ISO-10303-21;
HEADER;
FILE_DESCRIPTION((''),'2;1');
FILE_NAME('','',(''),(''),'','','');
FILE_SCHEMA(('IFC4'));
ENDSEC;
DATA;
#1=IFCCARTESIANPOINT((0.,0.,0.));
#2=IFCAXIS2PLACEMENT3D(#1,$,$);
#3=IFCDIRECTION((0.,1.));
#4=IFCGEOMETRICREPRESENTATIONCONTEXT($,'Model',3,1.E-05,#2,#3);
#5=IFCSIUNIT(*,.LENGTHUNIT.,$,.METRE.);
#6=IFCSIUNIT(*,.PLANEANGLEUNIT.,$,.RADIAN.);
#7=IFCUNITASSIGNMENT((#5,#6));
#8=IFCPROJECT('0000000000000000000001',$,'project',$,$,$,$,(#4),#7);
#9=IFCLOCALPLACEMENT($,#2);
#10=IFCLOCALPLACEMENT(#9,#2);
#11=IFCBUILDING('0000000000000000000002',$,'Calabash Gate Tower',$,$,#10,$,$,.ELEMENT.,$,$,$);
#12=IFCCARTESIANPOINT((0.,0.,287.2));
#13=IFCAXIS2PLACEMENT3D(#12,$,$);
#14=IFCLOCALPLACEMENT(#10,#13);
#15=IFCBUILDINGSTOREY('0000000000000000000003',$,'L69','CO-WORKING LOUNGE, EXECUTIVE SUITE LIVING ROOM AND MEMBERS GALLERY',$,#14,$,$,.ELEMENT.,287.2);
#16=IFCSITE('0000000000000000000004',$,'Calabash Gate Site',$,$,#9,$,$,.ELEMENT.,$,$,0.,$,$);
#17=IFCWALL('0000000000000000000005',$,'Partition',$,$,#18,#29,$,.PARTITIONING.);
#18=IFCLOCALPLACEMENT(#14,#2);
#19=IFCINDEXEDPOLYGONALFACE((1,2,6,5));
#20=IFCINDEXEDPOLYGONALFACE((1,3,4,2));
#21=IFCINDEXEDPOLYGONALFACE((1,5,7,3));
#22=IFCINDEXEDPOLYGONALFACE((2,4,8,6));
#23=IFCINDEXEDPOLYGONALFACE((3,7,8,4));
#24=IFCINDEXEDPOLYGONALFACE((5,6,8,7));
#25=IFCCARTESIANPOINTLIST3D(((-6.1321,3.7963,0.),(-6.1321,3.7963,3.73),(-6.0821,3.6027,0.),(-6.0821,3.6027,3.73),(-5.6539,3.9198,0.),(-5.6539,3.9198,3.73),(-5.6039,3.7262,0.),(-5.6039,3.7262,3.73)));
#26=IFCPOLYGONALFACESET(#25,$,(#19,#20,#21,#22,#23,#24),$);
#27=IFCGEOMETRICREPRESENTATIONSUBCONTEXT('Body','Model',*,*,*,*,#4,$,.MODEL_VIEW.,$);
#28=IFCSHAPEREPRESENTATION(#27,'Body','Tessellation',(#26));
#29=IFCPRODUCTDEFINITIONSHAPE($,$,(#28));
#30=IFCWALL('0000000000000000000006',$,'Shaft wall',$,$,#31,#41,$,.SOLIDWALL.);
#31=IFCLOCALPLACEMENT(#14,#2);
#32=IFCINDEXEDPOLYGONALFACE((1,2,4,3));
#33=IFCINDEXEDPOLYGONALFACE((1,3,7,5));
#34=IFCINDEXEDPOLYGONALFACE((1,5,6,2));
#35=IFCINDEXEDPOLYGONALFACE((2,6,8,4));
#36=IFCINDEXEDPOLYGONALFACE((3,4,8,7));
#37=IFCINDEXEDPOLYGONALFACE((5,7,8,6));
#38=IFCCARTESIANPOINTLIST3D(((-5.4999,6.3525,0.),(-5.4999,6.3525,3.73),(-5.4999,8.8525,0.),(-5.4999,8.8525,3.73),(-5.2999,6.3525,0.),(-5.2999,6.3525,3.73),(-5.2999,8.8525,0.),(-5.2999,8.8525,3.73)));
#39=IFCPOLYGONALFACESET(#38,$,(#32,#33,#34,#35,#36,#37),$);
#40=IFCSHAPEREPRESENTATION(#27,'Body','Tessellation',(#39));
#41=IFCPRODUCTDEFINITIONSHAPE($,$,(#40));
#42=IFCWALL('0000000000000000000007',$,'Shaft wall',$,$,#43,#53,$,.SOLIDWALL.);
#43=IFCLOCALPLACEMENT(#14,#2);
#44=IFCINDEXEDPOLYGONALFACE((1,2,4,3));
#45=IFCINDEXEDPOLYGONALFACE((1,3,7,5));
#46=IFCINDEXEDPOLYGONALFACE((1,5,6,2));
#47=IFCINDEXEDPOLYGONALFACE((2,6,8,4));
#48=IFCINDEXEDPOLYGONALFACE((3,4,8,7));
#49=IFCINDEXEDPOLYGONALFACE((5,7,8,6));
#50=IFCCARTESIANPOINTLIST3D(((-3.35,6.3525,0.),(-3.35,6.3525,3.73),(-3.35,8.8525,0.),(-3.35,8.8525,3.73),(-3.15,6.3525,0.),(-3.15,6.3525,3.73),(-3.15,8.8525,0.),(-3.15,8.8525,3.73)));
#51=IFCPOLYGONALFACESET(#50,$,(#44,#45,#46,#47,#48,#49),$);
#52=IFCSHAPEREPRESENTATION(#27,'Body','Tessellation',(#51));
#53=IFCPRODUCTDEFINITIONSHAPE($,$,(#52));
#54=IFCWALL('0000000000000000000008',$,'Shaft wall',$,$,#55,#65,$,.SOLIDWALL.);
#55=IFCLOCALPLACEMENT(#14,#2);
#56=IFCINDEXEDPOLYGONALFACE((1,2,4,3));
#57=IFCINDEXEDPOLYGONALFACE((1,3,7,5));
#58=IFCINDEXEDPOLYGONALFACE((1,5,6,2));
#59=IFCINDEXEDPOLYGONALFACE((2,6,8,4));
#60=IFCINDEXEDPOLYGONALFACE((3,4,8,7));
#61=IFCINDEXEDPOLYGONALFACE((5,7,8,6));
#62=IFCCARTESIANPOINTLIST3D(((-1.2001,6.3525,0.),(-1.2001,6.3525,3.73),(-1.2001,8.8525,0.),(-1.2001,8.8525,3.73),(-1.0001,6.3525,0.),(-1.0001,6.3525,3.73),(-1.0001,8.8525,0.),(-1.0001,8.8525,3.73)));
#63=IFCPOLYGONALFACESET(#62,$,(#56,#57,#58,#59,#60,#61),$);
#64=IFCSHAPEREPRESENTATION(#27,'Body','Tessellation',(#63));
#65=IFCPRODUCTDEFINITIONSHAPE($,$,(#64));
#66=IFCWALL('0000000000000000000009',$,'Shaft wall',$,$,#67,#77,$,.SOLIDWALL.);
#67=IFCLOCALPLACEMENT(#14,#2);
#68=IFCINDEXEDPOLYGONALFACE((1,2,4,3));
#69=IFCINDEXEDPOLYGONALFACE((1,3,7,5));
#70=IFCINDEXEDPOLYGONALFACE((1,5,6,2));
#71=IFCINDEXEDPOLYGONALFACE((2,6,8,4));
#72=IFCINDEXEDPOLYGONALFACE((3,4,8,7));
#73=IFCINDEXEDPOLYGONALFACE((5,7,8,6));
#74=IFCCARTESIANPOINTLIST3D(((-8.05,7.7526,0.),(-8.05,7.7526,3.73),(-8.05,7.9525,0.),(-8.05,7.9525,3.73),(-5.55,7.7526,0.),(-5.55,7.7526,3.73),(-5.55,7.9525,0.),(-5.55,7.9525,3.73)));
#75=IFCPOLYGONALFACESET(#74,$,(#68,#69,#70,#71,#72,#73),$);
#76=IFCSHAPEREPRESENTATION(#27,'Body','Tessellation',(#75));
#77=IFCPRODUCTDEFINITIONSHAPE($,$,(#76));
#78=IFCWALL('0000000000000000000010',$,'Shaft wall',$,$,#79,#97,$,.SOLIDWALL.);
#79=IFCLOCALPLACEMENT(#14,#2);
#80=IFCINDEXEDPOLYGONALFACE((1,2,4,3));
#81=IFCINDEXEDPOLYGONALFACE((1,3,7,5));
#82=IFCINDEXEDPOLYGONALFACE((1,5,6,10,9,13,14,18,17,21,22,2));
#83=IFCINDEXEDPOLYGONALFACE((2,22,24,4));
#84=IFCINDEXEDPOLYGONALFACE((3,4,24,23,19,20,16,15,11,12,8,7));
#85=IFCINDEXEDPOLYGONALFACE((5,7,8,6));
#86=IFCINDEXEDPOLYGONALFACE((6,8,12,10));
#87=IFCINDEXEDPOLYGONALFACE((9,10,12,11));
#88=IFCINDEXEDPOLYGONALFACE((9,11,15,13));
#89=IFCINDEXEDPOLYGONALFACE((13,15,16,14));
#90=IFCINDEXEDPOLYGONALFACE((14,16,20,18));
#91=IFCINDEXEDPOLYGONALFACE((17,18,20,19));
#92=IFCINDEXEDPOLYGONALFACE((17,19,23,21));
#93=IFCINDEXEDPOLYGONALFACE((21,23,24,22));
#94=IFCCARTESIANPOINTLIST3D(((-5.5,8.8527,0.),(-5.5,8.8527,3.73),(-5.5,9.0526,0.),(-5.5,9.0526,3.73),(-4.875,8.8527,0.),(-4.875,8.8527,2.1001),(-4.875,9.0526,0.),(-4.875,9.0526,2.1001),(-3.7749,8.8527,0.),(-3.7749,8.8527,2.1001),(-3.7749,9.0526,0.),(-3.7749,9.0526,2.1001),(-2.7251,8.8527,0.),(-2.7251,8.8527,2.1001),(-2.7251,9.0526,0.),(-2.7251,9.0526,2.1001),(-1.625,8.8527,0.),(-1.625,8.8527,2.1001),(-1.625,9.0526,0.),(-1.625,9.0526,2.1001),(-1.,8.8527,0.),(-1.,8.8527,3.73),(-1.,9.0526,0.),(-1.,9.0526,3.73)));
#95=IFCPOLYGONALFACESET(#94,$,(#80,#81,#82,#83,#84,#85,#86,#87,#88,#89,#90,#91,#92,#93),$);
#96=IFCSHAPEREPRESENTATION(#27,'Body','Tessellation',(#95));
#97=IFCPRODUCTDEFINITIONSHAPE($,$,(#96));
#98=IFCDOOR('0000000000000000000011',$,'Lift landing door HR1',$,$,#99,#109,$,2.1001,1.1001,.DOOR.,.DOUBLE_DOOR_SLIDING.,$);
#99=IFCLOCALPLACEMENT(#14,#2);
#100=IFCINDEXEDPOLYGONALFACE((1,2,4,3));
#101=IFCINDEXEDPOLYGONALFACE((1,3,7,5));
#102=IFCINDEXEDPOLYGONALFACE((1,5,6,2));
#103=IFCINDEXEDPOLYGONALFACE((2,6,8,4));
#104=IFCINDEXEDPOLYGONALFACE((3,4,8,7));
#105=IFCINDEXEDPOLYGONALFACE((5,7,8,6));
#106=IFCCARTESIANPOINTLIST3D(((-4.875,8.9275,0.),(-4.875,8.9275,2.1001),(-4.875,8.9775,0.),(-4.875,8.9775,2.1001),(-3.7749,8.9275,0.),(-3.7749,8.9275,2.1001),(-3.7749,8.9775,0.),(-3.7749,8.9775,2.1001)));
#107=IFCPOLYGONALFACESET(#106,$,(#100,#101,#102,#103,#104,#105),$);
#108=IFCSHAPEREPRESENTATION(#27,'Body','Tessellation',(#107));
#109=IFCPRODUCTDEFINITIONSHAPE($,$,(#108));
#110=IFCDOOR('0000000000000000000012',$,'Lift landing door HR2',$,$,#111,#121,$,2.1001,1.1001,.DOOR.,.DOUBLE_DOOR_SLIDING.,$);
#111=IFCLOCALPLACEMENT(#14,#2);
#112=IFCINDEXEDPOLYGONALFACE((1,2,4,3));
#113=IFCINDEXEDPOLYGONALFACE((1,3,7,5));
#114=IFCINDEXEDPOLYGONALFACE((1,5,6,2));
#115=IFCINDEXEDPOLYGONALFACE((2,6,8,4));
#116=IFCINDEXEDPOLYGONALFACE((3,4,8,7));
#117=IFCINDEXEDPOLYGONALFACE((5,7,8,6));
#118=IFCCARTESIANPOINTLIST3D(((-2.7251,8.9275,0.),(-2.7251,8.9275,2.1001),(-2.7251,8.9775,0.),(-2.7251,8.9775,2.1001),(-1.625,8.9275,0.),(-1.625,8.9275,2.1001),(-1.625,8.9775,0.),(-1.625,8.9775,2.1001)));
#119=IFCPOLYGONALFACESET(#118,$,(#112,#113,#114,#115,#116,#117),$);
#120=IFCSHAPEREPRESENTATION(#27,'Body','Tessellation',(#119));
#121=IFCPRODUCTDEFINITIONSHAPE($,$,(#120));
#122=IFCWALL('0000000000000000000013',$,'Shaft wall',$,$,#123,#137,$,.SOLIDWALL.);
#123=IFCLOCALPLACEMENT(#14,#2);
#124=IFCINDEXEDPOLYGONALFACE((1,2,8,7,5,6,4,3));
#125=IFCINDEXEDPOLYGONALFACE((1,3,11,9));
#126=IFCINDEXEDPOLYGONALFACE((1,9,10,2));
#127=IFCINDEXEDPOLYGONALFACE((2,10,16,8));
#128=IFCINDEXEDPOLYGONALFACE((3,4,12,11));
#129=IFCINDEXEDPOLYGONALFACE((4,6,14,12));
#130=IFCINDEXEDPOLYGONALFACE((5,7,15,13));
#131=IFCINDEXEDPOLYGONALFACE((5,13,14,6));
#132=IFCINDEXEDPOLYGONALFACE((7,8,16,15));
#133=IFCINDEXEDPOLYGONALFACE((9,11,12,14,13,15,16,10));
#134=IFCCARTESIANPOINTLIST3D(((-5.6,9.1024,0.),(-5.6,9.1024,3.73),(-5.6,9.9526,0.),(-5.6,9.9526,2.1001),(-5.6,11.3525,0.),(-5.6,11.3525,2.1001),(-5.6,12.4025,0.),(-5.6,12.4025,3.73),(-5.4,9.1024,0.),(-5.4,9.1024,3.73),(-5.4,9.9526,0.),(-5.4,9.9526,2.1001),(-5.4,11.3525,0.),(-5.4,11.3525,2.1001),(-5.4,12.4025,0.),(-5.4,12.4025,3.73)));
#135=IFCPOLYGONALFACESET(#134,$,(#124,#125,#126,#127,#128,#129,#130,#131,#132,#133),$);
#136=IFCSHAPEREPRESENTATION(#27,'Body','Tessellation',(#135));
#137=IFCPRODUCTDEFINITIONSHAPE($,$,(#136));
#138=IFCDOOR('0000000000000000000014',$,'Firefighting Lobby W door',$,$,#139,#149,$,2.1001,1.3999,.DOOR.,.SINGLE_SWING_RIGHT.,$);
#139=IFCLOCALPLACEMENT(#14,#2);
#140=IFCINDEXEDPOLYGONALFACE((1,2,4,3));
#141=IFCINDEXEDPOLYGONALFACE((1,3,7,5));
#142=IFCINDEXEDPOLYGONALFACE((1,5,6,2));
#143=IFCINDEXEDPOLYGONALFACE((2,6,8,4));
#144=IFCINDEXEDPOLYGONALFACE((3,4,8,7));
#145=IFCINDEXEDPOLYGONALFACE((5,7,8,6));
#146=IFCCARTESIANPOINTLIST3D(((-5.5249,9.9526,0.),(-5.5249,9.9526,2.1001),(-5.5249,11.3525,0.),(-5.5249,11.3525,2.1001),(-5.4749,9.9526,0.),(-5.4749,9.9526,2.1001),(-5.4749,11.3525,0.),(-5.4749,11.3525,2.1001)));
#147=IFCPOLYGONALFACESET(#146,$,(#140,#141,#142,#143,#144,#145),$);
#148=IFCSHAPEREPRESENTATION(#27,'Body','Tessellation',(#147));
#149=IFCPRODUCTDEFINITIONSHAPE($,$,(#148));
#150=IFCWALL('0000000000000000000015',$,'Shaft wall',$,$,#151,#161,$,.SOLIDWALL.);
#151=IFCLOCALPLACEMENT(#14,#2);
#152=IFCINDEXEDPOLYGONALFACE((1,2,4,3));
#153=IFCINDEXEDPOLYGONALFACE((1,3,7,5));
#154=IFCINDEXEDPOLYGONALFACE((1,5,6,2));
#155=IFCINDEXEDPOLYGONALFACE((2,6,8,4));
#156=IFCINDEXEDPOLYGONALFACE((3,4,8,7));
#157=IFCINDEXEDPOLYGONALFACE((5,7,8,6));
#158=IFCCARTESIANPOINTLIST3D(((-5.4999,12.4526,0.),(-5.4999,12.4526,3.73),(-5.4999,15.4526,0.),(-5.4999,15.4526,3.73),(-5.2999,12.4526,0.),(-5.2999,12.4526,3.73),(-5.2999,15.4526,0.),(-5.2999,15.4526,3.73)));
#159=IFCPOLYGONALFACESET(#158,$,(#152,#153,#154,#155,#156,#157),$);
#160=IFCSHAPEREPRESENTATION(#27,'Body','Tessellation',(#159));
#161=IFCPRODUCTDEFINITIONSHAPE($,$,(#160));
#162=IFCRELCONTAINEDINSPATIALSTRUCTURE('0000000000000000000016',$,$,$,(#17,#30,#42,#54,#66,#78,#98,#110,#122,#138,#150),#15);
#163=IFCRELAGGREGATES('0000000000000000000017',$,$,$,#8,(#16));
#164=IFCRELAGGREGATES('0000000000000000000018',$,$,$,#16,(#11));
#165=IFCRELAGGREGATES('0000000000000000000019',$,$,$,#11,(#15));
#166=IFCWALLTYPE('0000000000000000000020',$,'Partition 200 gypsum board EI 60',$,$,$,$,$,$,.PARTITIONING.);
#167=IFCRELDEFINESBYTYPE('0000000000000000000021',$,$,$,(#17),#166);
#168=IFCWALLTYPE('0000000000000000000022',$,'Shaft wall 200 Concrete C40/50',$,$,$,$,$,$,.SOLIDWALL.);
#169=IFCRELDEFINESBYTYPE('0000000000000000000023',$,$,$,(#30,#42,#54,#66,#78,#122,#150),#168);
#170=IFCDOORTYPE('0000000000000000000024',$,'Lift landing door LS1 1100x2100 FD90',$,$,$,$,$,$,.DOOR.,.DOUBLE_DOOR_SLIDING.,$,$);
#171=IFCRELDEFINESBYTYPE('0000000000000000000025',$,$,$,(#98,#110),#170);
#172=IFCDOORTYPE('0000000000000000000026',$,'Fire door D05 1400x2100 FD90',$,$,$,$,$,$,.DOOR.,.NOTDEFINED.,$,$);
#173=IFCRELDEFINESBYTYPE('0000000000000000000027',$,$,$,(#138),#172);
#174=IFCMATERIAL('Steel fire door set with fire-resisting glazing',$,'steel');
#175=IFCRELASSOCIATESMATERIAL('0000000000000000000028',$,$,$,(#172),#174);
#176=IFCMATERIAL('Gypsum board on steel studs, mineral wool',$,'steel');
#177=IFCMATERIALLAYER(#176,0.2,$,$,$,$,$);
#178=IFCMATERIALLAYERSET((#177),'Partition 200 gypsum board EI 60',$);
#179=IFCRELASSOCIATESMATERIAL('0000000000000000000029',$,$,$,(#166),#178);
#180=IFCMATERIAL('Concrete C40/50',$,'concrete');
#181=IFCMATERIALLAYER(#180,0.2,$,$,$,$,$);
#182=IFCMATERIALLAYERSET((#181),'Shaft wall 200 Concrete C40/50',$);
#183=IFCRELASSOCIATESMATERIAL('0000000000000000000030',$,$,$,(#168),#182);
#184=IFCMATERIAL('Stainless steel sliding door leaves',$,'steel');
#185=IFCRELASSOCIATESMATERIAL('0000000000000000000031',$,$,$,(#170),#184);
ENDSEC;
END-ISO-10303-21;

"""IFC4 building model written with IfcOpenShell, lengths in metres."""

from ifc_helpers import new_model, si_unit, direction, frame, frame_2d, origin, place, context, subcontext, project, spatial, rectangle, extrude, material, layer, layer_set, type_object, element, fill, save


model = new_model("IFC4")

# Units and contexts
model_context = context("Model", 3, precision=1e-05, world=origin(), true_north=direction((0.0, 1.0)))
body_context = subcontext(model_context, "Body", "Model", "MODEL_VIEW")
ifc_project = project(units=[si_unit("LENGTHUNIT", "METRE"), si_unit("PLANEANGLEUNIT", "RADIAN")], contexts=[model_context])

# Site, building, storey
site_placement = place(None, origin())
site = spatial("IfcSite", under=ifc_project, at=site_placement, Name="Calabash Gate Site", CompositionType="ELEMENT", RefElevation=0.0)
building_placement = place(site_placement, origin())
building = spatial("IfcBuilding", under=site, at=building_placement, Name="Calabash Gate Tower", CompositionType="ELEMENT")
storey_placement = place(building_placement, frame((0.0, 0.0, 287.2)))
storey = spatial("IfcBuildingStorey", under=building, at=storey_placement, Name="L69", Description="CO-WORKING LOUNGE, EXECUTIVE SUITE LIVING ROOM AND MEMBERS GALLERY", CompositionType="ELEMENT", Elevation=287.2)

# Shared definitions
ifc_material_1 = material(Name="Steel fire door set with fire-resisting glazing", Category="steel")
door_type_1 = type_object("IfcDoorType", Name="Fire door D05 1400x2100 FD90", OperationType="NOTDEFINED", PredefinedType="DOOR", material=ifc_material_1)

# Walls
ifc_material_2 = material(Name="Gypsum board on steel studs, mineral wool", Category="steel")
ifc_layer_1 = layer(ifc_material_2, 0.2)
ifc_layer_set_1 = layer_set([ifc_layer_1], Name="Partition 200 gypsum board EI 60")
wall_type_1 = type_object("IfcWallType", Name="Partition 200 gypsum board EI 60", PredefinedType="PARTITIONING", material=ifc_layer_set_1)
wall_1_placement = place(storey_placement, frame((-6.1072, 3.6995, 0.0), z_axis=(0.0, 0.0, 1.0), x_axis=(0.968223, 0.250087, 0.0)))
element("IfcWall", 1, at=wall_1_placement, inside=storey, type_object=wall_type_1, Name="Partition", PredefinedType="PARTITIONING", context=body_context, shape_type="SweptSolid", body=[
    extrude(rectangle(XDim=0.4939, YDim=0.2, at=frame_2d((0.2471, 0.0))), origin(), (0.0, 0.0, 1.0), 3.73),
])
ifc_material_3 = material(Name="Concrete C40/50", Category="concrete")
ifc_layer_2 = layer(ifc_material_3, 0.2)
ifc_layer_set_2 = layer_set([ifc_layer_2], Name="Shaft wall 200 Concrete C40/50")
wall_type_2 = type_object("IfcWallType", Name="Shaft wall 200 Concrete C40/50", PredefinedType="SOLIDWALL", material=ifc_layer_set_2)
for number, where, z_axis, x_axis, name in (
    (2, (-5.3999, 6.3525, 0.0), (0.0, 0.0, 1.0), (0.0, 1.0, 0.0), "Shaft wall"),
    (3, (-3.25, 6.3525, 0.0), (0.0, 0.0, 1.0), (0.0, 1.0, 0.0), "Shaft wall"),
    (4, (-1.1001, 6.3525, 0.0), (0.0, 0.0, 1.0), (0.0, 1.0, 0.0), "Shaft wall"),
    (5, (-8.05, 7.8525, 0.0), (0.0, 0.0, 1.0), (1.0, 0.0, 0.0), "Shaft wall"),
):
    element("IfcWall", number, at=place(storey_placement, frame(where, z_axis=z_axis, x_axis=x_axis)), inside=storey, type_object=wall_type_2, Name=name, PredefinedType="SOLIDWALL", context=body_context, shape_type="SweptSolid", body=[
        extrude(rectangle(XDim=2.5, YDim=0.2, at=frame_2d((1.25, 0.0))), origin(), (0.0, 0.0, 1.0), 3.73),
    ])

# Wall, openings, doors
wall_2_placement = place(storey_placement, frame((-5.5, 8.9526, 0.0), z_axis=(0.0, 0.0, 1.0), x_axis=(1.0, 0.0, 0.0)))
wall_2 = element("IfcWall", 6, at=wall_2_placement, inside=storey, type_object=wall_type_2, Name="Shaft wall", PredefinedType="SOLIDWALL", context=body_context, shape_type="SweptSolid", body=[
    extrude(rectangle(XDim=4.5, YDim=0.2, at=frame_2d((2.25, 0.0))), origin(), (0.0, 0.0, 1.0), 3.73),
])
opening_1_placement = place(wall_2_placement, frame((0.625, 0.0, 0.0)))
opening_1 = element("IfcOpeningElement", 7, at=opening_1_placement, cuts=wall_2, PredefinedType="OPENING", context=body_context, shape_type="SweptSolid", body=[
    extrude(rectangle(XDim=1.1001, YDim=2.1001, at=frame_2d((0.55, 1.05))), frame((0.0, 0.1099, 0.0), z_axis=(0.0, -1.0, 0.0), x_axis=(1.0, 0.0, 0.0)), (0.0, 0.0, 1.0), 0.22),
])
opening_2_placement = place(wall_2_placement, frame((2.7749, 0.0, 0.0)))
opening_2 = element("IfcOpeningElement", 8, at=opening_2_placement, cuts=wall_2, PredefinedType="OPENING", context=body_context, shape_type="SweptSolid", body=[
    extrude(rectangle(XDim=1.1001, YDim=2.1001, at=frame_2d((0.55, 1.05))), frame((0.0, 0.1099, 0.0), z_axis=(0.0, -1.0, 0.0), x_axis=(1.0, 0.0, 0.0)), (0.0, 0.0, 1.0), 0.22),
])
ifc_material_4 = material(Name="Stainless steel sliding door leaves", Category="steel")
door_type_2 = type_object("IfcDoorType", Name="Lift landing door LS1 1100x2100 FD90", OperationType="DOUBLE_DOOR_SLIDING", PredefinedType="DOOR", material=ifc_material_4)
door_1_placement = place(opening_1_placement, origin())
door_1 = element("IfcDoor", 9, at=door_1_placement, inside=storey, type_object=door_type_2, Name="Lift landing door HR1", OperationType="DOUBLE_DOOR_SLIDING", OverallHeight=2.1001, OverallWidth=1.1001, PredefinedType="DOOR", context=body_context, shape_type="SweptSolid", body=[
    extrude(rectangle(XDim=1.1001, YDim=2.1001, at=frame_2d((0.55, 1.05))), frame((0.0, 0.0249, 0.0), z_axis=(0.0, -1.0, 0.0), x_axis=(1.0, 0.0, 0.0)), (0.0, 0.0, 1.0), 0.05),
])
fill(opening_1, door_1)
door_2_placement = place(opening_2_placement, origin())
door_2 = element("IfcDoor", 10, at=door_2_placement, inside=storey, type_object=door_type_2, Name="Lift landing door HR2", OperationType="DOUBLE_DOOR_SLIDING", OverallHeight=2.1001, OverallWidth=1.1001, PredefinedType="DOOR", context=body_context, shape_type="SweptSolid", body=[
    extrude(rectangle(XDim=1.1001, YDim=2.1001, at=frame_2d((0.55, 1.05))), frame((0.0, 0.0249, 0.0), z_axis=(0.0, -1.0, 0.0), x_axis=(1.0, 0.0, 0.0)), (0.0, 0.0, 1.0), 0.05),
])
fill(opening_2, door_2)

# Wall, opening, door
wall_3_placement = place(storey_placement, frame((-5.5, 9.1025, 0.0), z_axis=(0.0, 0.0, 1.0), x_axis=(0.0, 1.0, 0.0)))
wall_3 = element("IfcWall", 11, at=wall_3_placement, inside=storey, type_object=wall_type_2, Name="Shaft wall", PredefinedType="SOLIDWALL", context=body_context, shape_type="SweptSolid", body=[
    extrude(rectangle(XDim=3.3, YDim=0.2, at=frame_2d((1.6499, 0.0))), origin(), (0.0, 0.0, 1.0), 3.73),
])
opening_3_placement = place(wall_3_placement, frame((0.8501, 0.0, 0.0)))
opening_3 = element("IfcOpeningElement", 12, at=opening_3_placement, cuts=wall_3, PredefinedType="OPENING", context=body_context, shape_type="SweptSolid", body=[
    extrude(rectangle(XDim=1.3999, YDim=2.1001, at=frame_2d((0.7, 1.05))), frame((0.0, 0.1099, 0.0), z_axis=(0.0, -1.0, 0.0), x_axis=(1.0, 0.0, 0.0)), (0.0, 0.0, 1.0), 0.22),
])
door_3_placement = place(opening_3_placement, origin())
door_3 = element("IfcDoor", 13, at=door_3_placement, inside=storey, type_object=door_type_1, Name="Firefighting Lobby W door", OperationType="SINGLE_SWING_RIGHT", OverallHeight=2.1001, OverallWidth=1.3999, PredefinedType="DOOR", context=body_context, shape_type="SweptSolid", body=[
    extrude(rectangle(XDim=1.3999, YDim=2.1001, at=frame_2d((0.7, 1.05))), frame((0.0, 0.0249, 0.0), z_axis=(0.0, -1.0, 0.0), x_axis=(1.0, 0.0, 0.0)), (0.0, 0.0, 1.0), 0.05),
])
fill(opening_3, door_3)

# Wall
wall_4_placement = place(storey_placement, frame((-5.3999, 12.4526, 0.0), z_axis=(0.0, 0.0, 1.0), x_axis=(0.0, 1.0, 0.0)))
element("IfcWall", 14, at=wall_4_placement, inside=storey, type_object=wall_type_2, Name="Shaft wall", PredefinedType="SOLIDWALL", context=body_context, shape_type="SweptSolid", body=[
    extrude(rectangle(XDim=3.0, YDim=0.2, at=frame_2d((1.5, 0.0))), origin(), (0.0, 0.0, 1.0), 3.73),
])

save(model, "model.ifc")
